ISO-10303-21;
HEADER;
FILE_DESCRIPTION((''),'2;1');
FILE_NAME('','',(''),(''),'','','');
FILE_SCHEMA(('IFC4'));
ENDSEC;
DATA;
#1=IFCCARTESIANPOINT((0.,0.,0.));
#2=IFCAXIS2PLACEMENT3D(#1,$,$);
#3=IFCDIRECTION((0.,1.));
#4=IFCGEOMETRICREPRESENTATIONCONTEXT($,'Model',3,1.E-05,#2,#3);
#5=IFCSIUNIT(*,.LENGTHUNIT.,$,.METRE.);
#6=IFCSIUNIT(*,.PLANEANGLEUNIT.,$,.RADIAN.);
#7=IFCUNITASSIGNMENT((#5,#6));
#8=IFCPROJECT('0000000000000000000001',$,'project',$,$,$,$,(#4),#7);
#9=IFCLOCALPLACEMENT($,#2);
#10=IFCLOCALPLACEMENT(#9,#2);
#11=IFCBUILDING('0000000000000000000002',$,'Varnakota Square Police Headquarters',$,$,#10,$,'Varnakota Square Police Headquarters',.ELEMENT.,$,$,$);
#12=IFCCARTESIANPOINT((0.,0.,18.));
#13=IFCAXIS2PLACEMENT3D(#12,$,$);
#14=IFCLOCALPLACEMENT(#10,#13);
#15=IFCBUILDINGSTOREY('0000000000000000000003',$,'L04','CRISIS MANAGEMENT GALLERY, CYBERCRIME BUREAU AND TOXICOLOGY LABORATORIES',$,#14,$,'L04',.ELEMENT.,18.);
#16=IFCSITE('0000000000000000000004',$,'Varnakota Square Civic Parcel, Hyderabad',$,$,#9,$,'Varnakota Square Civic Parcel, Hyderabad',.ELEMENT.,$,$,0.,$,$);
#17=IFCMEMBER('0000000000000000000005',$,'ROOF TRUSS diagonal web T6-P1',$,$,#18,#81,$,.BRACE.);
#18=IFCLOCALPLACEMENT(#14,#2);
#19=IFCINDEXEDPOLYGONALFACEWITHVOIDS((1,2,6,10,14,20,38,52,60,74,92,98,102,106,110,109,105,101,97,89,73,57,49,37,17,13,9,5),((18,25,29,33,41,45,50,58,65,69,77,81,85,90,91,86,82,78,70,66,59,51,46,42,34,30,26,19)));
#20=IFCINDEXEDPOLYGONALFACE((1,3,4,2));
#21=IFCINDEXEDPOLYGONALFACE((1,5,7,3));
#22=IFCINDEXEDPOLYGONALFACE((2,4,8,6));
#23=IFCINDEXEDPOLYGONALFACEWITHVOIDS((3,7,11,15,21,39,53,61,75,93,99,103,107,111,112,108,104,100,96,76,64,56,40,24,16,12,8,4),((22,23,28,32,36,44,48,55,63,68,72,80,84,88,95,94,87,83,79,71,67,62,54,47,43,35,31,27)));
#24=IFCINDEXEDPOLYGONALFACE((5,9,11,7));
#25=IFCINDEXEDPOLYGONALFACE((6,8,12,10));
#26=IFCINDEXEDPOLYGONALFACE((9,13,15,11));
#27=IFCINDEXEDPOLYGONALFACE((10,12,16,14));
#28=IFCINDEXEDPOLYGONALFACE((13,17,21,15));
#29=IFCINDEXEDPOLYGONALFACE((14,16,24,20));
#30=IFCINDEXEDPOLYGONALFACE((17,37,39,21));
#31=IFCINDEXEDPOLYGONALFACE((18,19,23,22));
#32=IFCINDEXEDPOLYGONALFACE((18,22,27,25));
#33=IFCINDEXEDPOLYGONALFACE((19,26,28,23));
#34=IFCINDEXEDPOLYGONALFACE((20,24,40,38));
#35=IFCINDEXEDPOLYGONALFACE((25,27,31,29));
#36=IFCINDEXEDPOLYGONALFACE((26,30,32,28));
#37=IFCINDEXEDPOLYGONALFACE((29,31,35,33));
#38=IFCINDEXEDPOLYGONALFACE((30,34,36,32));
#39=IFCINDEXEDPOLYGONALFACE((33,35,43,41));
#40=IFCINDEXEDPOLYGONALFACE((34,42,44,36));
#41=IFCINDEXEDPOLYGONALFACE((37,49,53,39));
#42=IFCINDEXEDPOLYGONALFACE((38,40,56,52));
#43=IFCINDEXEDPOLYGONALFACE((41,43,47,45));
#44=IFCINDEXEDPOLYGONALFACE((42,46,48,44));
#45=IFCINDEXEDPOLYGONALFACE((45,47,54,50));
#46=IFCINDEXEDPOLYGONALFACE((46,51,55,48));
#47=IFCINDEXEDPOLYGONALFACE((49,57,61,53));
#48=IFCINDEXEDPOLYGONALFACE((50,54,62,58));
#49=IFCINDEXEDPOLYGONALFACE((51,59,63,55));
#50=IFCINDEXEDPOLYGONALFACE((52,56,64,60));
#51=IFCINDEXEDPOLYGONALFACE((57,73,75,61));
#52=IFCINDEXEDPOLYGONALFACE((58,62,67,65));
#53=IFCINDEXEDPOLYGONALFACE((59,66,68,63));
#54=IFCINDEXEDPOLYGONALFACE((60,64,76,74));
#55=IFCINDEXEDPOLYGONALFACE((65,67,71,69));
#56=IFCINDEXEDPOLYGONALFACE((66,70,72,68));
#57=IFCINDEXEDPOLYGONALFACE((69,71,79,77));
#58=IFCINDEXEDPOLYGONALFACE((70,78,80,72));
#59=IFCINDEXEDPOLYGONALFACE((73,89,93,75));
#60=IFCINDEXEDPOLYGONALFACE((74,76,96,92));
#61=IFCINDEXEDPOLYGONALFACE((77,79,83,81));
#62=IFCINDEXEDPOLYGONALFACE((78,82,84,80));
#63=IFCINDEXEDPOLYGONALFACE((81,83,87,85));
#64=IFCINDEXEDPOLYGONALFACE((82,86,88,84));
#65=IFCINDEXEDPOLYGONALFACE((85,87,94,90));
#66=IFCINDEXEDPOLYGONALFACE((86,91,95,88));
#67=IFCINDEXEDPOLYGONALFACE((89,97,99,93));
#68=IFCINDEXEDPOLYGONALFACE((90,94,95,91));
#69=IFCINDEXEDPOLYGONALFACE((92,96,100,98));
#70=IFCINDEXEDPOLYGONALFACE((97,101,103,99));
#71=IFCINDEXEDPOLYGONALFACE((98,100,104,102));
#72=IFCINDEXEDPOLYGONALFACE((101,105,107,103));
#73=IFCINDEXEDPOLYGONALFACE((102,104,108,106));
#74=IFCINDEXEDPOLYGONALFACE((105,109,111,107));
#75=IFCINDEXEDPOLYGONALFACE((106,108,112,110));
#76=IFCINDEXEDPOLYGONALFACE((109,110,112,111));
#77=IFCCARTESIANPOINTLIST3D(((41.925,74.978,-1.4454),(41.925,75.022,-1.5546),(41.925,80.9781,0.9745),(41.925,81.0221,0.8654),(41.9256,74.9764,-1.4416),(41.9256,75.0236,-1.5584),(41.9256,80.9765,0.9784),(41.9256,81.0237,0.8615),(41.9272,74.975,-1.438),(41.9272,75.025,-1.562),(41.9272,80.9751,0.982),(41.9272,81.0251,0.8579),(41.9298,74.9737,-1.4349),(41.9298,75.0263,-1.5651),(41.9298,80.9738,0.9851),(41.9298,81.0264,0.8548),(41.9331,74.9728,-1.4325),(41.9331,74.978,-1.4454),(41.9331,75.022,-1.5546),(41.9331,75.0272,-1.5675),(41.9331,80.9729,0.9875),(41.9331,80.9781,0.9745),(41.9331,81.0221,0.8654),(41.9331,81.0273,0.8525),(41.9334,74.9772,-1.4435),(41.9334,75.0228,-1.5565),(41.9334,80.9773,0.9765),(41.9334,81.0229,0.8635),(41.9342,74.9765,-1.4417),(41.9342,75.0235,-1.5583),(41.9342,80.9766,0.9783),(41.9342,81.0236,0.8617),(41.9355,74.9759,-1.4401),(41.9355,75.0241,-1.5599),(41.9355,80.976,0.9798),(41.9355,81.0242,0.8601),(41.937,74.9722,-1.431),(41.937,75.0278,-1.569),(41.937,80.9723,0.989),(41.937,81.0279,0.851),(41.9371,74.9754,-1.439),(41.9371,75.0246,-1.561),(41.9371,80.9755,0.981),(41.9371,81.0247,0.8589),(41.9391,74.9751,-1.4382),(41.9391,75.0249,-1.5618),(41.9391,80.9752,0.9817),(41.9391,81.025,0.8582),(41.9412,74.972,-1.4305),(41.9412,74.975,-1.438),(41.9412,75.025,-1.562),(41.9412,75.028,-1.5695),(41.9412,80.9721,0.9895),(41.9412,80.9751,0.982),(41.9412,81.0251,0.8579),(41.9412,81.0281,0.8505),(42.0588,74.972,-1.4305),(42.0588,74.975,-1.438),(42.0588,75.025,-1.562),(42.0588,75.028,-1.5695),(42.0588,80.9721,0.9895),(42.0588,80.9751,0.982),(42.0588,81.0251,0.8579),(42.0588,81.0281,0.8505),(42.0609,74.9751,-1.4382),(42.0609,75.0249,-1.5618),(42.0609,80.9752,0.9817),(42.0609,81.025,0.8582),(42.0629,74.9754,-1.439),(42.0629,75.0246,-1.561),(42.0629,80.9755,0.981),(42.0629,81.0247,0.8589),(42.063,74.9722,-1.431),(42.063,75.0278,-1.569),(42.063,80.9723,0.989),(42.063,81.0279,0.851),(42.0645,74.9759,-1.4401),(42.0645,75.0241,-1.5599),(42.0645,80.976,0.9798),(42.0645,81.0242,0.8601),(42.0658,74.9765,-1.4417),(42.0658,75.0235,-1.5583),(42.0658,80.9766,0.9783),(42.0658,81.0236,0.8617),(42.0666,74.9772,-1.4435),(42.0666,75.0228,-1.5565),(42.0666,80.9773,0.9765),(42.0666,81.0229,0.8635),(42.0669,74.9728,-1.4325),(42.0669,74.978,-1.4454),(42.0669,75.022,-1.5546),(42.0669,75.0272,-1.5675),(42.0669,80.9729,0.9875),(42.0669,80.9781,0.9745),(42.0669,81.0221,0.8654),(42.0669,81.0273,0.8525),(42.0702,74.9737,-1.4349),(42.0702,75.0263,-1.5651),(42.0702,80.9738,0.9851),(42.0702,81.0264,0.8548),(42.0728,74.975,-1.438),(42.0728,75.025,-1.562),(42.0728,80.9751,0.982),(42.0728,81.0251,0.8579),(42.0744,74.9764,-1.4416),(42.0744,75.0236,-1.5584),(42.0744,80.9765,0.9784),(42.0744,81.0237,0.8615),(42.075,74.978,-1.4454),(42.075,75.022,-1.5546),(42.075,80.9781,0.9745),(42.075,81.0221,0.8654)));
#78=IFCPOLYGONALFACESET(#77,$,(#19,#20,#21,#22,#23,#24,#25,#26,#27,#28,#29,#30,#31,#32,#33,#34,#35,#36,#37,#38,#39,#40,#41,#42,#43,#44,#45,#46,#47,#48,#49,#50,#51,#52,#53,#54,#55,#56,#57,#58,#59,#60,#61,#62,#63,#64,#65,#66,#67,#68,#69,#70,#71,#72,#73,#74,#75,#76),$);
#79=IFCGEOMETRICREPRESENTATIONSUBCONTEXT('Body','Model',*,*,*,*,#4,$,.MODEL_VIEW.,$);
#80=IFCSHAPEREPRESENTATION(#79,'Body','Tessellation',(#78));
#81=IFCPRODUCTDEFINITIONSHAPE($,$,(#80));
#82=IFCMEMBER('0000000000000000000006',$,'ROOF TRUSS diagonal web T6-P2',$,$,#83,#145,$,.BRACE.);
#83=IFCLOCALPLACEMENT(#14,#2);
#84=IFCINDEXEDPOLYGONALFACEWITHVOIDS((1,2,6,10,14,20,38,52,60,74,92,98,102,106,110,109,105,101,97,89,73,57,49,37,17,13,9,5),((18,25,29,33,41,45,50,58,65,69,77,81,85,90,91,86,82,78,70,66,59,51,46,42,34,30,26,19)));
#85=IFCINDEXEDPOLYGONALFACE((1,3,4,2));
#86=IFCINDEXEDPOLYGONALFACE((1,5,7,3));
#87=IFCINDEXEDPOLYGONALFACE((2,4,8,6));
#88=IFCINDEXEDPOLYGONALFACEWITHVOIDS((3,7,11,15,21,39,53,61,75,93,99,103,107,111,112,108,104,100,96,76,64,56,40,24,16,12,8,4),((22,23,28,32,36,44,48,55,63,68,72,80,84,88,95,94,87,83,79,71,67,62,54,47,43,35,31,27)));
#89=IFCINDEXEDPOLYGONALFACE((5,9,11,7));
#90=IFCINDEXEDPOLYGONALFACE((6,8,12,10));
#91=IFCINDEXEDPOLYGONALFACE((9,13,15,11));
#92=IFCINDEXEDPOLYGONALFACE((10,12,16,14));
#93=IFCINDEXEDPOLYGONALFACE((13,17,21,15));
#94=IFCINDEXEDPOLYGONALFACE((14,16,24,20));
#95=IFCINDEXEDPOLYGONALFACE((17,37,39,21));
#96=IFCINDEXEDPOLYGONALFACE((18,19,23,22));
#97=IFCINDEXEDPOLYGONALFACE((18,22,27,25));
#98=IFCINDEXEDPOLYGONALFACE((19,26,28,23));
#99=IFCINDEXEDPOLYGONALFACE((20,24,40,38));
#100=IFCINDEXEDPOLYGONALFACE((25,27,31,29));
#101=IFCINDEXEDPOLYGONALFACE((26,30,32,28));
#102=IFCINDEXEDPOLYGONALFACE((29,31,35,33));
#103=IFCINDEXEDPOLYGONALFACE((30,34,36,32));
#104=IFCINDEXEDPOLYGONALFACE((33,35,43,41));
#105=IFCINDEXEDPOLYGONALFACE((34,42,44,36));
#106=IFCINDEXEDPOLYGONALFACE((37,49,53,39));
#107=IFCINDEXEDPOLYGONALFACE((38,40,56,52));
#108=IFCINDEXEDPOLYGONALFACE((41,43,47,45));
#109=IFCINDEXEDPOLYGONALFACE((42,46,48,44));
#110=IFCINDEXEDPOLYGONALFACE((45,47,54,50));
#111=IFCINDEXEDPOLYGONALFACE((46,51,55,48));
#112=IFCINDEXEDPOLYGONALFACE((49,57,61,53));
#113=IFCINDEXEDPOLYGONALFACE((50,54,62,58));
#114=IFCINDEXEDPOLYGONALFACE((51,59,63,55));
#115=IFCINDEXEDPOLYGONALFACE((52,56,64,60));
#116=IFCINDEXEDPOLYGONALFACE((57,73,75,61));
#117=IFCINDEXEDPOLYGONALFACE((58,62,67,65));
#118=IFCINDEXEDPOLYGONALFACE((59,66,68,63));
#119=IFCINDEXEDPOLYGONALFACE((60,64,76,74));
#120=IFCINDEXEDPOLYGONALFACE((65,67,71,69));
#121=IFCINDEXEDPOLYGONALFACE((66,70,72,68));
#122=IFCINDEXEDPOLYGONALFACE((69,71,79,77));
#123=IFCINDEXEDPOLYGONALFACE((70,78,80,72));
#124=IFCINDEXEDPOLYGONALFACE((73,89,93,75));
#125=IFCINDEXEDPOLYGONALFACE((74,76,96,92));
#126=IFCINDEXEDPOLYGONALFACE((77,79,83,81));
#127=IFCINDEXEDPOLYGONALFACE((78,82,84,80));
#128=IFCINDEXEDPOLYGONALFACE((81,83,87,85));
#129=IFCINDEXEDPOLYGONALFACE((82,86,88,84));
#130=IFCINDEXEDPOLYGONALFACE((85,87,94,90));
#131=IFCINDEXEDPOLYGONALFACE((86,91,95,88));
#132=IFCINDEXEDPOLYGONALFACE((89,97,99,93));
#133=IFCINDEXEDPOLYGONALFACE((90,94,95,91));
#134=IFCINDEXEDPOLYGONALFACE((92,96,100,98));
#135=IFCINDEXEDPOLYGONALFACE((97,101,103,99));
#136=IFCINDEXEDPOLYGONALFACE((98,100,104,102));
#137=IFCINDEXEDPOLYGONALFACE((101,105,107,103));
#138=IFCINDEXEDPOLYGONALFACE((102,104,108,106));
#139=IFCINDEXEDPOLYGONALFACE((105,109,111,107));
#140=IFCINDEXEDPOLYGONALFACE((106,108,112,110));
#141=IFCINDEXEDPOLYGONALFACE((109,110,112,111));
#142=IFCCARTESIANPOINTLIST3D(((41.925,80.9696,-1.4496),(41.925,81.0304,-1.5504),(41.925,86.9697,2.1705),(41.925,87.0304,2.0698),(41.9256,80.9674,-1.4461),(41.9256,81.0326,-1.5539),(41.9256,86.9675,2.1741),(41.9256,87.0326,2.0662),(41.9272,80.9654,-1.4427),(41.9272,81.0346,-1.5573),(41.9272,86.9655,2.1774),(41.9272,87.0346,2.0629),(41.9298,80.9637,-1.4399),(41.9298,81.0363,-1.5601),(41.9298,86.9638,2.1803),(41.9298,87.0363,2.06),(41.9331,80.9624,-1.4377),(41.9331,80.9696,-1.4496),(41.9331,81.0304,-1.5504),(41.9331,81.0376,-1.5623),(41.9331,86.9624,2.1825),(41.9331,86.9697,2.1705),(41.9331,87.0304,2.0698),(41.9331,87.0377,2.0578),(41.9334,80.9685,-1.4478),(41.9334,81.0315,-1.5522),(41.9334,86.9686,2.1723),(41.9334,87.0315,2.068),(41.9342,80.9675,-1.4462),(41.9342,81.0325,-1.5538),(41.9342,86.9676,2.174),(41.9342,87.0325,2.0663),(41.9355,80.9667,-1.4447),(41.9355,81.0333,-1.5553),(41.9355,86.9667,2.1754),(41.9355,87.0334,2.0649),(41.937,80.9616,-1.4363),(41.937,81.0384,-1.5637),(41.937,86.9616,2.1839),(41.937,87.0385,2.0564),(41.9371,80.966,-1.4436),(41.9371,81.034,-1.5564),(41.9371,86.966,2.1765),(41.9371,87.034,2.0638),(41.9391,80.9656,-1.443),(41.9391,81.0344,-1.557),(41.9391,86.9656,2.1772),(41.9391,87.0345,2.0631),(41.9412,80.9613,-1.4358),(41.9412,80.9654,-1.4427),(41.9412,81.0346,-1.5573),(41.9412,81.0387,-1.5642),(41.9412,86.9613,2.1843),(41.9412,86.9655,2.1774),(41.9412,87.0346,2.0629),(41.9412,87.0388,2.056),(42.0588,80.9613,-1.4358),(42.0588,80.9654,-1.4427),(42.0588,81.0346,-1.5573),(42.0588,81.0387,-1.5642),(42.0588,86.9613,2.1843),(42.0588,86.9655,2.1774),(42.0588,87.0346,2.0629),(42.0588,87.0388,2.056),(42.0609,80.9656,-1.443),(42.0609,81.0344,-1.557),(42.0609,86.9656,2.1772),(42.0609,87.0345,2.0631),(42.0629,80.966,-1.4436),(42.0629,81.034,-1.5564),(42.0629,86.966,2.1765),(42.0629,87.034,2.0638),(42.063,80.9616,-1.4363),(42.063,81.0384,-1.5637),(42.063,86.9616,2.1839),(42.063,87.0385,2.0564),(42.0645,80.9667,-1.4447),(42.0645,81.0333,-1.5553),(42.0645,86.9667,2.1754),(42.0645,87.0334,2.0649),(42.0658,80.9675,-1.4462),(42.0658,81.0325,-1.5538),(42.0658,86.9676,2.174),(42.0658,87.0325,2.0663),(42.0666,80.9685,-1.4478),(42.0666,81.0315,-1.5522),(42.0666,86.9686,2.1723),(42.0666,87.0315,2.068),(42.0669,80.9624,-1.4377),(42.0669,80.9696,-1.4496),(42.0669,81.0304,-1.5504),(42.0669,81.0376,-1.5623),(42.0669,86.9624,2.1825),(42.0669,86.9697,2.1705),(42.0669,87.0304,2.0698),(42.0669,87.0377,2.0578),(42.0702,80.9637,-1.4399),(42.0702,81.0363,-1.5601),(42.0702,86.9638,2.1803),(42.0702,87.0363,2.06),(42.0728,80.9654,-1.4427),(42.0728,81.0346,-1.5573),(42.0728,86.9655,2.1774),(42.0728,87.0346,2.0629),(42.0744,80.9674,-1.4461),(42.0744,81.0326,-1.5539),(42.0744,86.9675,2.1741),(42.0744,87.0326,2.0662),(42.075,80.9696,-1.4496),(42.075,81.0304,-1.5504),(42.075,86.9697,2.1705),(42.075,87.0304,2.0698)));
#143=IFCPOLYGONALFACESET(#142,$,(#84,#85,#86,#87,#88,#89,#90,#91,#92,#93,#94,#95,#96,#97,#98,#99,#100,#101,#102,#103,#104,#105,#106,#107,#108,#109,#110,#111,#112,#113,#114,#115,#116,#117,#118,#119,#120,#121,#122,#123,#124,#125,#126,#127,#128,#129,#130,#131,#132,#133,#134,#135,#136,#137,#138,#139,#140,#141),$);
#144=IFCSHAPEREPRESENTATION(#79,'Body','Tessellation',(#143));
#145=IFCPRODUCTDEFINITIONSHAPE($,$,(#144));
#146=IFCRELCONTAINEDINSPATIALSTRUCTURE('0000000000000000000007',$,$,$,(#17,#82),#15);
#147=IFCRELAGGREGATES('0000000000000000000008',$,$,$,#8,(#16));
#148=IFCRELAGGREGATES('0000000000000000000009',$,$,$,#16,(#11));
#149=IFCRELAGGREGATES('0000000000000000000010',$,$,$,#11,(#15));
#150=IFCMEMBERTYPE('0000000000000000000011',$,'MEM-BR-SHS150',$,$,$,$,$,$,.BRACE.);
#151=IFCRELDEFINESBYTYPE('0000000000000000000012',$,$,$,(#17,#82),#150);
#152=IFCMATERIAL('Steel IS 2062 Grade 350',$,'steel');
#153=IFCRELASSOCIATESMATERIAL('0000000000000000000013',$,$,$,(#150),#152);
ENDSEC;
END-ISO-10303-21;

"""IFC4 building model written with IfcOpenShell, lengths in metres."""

from ifc_helpers import new_model, si_unit, direction, frame, origin, origin_2d, place, context, subcontext, project, spatial, hollow_rectangle, extrude, material, material_profile, profile_set, type_object, element, save


model = new_model("IFC4")

# Units and contexts
model_context = context("Model", 3, precision=1e-05, world=origin(), true_north=direction((0.0, 1.0)))
body_context = subcontext(model_context, "Body", "Model", "MODEL_VIEW")
ifc_project = project(units=[si_unit("LENGTHUNIT", "METRE"), si_unit("PLANEANGLEUNIT", "RADIAN")], contexts=[model_context])

# Site, building, storey
site_placement = place(None, origin())
site = spatial("IfcSite", under=ifc_project, at=site_placement, Name="Varnakota Square Civic Parcel, Hyderabad", LongName="Varnakota Square Civic Parcel, Hyderabad", CompositionType="ELEMENT", RefElevation=0.0)
building_placement = place(site_placement, origin())
building = spatial("IfcBuilding", under=site, at=building_placement, Name="Varnakota Square Police Headquarters", LongName="Varnakota Square Police Headquarters", CompositionType="ELEMENT")
storey_placement = place(building_placement, frame((0.0, 0.0, 18.0)))
storey = spatial("IfcBuildingStorey", under=building, at=storey_placement, Name="L04", Description="CRISIS MANAGEMENT GALLERY, CYBERCRIME BUREAU AND TOXICOLOGY LABORATORIES", LongName="L04", CompositionType="ELEMENT", Elevation=18.0)

# Shared definitions
ifc_material_1 = material(Name="Steel IS 2062 Grade 350", Category="steel")

# Members
ifc_material_profile_1 = material_profile(ifc_material_1, hollow_rectangle(XDim=0.1499, YDim=0.1499, WallThickness=0.0081, InnerFilletRadius=0.0081, OuterFilletRadius=0.0161, at=origin_2d()), Name="SHS 150x150x8")
ifc_profile_set_1 = profile_set([ifc_material_profile_1], Name="Steel IS 2062 Grade 350")
member_type_1 = type_object("IfcMemberType", Name="MEM-BR-SHS150", PredefinedType="BRACE", material=ifc_profile_set_1)
member_1_placement = place(storey_placement, frame((42.0, 75.0, -1.5), z_axis=(0.0, 0.927411, 0.374044), x_axis=(-1.0, 0.0, 0.0)))
element("IfcMember", 1, at=member_1_placement, inside=storey, type_object=member_type_1, Name="ROOF TRUSS diagonal web T6-P1", PredefinedType="BRACE", context=body_context, shape_type="SweptSolid", body=[
    extrude(hollow_rectangle(XDim=0.1499, YDim=0.1499, WallThickness=0.0081, InnerFilletRadius=0.0081, OuterFilletRadius=0.0161, at=origin_2d()), origin(), (0.0, 0.0, 1.0), 6.4697),
])
member_2_placement = place(storey_placement, frame((42.0, 81.0, -1.5), z_axis=(0.0, 0.856224, 0.516605), x_axis=(-1.0, 0.0, 0.0)))
element("IfcMember", 2, at=member_2_placement, inside=storey, type_object=member_type_1, Name="ROOF TRUSS diagonal web T6-P2", PredefinedType="BRACE", context=body_context, shape_type="SweptSolid", body=[
    extrude(hollow_rectangle(XDim=0.1499, YDim=0.1499, WallThickness=0.0081, InnerFilletRadius=0.0081, OuterFilletRadius=0.0161, at=origin_2d()), origin(), (0.0, 0.0, 1.0), 7.0076),
])

save(model, "model.ifc")
